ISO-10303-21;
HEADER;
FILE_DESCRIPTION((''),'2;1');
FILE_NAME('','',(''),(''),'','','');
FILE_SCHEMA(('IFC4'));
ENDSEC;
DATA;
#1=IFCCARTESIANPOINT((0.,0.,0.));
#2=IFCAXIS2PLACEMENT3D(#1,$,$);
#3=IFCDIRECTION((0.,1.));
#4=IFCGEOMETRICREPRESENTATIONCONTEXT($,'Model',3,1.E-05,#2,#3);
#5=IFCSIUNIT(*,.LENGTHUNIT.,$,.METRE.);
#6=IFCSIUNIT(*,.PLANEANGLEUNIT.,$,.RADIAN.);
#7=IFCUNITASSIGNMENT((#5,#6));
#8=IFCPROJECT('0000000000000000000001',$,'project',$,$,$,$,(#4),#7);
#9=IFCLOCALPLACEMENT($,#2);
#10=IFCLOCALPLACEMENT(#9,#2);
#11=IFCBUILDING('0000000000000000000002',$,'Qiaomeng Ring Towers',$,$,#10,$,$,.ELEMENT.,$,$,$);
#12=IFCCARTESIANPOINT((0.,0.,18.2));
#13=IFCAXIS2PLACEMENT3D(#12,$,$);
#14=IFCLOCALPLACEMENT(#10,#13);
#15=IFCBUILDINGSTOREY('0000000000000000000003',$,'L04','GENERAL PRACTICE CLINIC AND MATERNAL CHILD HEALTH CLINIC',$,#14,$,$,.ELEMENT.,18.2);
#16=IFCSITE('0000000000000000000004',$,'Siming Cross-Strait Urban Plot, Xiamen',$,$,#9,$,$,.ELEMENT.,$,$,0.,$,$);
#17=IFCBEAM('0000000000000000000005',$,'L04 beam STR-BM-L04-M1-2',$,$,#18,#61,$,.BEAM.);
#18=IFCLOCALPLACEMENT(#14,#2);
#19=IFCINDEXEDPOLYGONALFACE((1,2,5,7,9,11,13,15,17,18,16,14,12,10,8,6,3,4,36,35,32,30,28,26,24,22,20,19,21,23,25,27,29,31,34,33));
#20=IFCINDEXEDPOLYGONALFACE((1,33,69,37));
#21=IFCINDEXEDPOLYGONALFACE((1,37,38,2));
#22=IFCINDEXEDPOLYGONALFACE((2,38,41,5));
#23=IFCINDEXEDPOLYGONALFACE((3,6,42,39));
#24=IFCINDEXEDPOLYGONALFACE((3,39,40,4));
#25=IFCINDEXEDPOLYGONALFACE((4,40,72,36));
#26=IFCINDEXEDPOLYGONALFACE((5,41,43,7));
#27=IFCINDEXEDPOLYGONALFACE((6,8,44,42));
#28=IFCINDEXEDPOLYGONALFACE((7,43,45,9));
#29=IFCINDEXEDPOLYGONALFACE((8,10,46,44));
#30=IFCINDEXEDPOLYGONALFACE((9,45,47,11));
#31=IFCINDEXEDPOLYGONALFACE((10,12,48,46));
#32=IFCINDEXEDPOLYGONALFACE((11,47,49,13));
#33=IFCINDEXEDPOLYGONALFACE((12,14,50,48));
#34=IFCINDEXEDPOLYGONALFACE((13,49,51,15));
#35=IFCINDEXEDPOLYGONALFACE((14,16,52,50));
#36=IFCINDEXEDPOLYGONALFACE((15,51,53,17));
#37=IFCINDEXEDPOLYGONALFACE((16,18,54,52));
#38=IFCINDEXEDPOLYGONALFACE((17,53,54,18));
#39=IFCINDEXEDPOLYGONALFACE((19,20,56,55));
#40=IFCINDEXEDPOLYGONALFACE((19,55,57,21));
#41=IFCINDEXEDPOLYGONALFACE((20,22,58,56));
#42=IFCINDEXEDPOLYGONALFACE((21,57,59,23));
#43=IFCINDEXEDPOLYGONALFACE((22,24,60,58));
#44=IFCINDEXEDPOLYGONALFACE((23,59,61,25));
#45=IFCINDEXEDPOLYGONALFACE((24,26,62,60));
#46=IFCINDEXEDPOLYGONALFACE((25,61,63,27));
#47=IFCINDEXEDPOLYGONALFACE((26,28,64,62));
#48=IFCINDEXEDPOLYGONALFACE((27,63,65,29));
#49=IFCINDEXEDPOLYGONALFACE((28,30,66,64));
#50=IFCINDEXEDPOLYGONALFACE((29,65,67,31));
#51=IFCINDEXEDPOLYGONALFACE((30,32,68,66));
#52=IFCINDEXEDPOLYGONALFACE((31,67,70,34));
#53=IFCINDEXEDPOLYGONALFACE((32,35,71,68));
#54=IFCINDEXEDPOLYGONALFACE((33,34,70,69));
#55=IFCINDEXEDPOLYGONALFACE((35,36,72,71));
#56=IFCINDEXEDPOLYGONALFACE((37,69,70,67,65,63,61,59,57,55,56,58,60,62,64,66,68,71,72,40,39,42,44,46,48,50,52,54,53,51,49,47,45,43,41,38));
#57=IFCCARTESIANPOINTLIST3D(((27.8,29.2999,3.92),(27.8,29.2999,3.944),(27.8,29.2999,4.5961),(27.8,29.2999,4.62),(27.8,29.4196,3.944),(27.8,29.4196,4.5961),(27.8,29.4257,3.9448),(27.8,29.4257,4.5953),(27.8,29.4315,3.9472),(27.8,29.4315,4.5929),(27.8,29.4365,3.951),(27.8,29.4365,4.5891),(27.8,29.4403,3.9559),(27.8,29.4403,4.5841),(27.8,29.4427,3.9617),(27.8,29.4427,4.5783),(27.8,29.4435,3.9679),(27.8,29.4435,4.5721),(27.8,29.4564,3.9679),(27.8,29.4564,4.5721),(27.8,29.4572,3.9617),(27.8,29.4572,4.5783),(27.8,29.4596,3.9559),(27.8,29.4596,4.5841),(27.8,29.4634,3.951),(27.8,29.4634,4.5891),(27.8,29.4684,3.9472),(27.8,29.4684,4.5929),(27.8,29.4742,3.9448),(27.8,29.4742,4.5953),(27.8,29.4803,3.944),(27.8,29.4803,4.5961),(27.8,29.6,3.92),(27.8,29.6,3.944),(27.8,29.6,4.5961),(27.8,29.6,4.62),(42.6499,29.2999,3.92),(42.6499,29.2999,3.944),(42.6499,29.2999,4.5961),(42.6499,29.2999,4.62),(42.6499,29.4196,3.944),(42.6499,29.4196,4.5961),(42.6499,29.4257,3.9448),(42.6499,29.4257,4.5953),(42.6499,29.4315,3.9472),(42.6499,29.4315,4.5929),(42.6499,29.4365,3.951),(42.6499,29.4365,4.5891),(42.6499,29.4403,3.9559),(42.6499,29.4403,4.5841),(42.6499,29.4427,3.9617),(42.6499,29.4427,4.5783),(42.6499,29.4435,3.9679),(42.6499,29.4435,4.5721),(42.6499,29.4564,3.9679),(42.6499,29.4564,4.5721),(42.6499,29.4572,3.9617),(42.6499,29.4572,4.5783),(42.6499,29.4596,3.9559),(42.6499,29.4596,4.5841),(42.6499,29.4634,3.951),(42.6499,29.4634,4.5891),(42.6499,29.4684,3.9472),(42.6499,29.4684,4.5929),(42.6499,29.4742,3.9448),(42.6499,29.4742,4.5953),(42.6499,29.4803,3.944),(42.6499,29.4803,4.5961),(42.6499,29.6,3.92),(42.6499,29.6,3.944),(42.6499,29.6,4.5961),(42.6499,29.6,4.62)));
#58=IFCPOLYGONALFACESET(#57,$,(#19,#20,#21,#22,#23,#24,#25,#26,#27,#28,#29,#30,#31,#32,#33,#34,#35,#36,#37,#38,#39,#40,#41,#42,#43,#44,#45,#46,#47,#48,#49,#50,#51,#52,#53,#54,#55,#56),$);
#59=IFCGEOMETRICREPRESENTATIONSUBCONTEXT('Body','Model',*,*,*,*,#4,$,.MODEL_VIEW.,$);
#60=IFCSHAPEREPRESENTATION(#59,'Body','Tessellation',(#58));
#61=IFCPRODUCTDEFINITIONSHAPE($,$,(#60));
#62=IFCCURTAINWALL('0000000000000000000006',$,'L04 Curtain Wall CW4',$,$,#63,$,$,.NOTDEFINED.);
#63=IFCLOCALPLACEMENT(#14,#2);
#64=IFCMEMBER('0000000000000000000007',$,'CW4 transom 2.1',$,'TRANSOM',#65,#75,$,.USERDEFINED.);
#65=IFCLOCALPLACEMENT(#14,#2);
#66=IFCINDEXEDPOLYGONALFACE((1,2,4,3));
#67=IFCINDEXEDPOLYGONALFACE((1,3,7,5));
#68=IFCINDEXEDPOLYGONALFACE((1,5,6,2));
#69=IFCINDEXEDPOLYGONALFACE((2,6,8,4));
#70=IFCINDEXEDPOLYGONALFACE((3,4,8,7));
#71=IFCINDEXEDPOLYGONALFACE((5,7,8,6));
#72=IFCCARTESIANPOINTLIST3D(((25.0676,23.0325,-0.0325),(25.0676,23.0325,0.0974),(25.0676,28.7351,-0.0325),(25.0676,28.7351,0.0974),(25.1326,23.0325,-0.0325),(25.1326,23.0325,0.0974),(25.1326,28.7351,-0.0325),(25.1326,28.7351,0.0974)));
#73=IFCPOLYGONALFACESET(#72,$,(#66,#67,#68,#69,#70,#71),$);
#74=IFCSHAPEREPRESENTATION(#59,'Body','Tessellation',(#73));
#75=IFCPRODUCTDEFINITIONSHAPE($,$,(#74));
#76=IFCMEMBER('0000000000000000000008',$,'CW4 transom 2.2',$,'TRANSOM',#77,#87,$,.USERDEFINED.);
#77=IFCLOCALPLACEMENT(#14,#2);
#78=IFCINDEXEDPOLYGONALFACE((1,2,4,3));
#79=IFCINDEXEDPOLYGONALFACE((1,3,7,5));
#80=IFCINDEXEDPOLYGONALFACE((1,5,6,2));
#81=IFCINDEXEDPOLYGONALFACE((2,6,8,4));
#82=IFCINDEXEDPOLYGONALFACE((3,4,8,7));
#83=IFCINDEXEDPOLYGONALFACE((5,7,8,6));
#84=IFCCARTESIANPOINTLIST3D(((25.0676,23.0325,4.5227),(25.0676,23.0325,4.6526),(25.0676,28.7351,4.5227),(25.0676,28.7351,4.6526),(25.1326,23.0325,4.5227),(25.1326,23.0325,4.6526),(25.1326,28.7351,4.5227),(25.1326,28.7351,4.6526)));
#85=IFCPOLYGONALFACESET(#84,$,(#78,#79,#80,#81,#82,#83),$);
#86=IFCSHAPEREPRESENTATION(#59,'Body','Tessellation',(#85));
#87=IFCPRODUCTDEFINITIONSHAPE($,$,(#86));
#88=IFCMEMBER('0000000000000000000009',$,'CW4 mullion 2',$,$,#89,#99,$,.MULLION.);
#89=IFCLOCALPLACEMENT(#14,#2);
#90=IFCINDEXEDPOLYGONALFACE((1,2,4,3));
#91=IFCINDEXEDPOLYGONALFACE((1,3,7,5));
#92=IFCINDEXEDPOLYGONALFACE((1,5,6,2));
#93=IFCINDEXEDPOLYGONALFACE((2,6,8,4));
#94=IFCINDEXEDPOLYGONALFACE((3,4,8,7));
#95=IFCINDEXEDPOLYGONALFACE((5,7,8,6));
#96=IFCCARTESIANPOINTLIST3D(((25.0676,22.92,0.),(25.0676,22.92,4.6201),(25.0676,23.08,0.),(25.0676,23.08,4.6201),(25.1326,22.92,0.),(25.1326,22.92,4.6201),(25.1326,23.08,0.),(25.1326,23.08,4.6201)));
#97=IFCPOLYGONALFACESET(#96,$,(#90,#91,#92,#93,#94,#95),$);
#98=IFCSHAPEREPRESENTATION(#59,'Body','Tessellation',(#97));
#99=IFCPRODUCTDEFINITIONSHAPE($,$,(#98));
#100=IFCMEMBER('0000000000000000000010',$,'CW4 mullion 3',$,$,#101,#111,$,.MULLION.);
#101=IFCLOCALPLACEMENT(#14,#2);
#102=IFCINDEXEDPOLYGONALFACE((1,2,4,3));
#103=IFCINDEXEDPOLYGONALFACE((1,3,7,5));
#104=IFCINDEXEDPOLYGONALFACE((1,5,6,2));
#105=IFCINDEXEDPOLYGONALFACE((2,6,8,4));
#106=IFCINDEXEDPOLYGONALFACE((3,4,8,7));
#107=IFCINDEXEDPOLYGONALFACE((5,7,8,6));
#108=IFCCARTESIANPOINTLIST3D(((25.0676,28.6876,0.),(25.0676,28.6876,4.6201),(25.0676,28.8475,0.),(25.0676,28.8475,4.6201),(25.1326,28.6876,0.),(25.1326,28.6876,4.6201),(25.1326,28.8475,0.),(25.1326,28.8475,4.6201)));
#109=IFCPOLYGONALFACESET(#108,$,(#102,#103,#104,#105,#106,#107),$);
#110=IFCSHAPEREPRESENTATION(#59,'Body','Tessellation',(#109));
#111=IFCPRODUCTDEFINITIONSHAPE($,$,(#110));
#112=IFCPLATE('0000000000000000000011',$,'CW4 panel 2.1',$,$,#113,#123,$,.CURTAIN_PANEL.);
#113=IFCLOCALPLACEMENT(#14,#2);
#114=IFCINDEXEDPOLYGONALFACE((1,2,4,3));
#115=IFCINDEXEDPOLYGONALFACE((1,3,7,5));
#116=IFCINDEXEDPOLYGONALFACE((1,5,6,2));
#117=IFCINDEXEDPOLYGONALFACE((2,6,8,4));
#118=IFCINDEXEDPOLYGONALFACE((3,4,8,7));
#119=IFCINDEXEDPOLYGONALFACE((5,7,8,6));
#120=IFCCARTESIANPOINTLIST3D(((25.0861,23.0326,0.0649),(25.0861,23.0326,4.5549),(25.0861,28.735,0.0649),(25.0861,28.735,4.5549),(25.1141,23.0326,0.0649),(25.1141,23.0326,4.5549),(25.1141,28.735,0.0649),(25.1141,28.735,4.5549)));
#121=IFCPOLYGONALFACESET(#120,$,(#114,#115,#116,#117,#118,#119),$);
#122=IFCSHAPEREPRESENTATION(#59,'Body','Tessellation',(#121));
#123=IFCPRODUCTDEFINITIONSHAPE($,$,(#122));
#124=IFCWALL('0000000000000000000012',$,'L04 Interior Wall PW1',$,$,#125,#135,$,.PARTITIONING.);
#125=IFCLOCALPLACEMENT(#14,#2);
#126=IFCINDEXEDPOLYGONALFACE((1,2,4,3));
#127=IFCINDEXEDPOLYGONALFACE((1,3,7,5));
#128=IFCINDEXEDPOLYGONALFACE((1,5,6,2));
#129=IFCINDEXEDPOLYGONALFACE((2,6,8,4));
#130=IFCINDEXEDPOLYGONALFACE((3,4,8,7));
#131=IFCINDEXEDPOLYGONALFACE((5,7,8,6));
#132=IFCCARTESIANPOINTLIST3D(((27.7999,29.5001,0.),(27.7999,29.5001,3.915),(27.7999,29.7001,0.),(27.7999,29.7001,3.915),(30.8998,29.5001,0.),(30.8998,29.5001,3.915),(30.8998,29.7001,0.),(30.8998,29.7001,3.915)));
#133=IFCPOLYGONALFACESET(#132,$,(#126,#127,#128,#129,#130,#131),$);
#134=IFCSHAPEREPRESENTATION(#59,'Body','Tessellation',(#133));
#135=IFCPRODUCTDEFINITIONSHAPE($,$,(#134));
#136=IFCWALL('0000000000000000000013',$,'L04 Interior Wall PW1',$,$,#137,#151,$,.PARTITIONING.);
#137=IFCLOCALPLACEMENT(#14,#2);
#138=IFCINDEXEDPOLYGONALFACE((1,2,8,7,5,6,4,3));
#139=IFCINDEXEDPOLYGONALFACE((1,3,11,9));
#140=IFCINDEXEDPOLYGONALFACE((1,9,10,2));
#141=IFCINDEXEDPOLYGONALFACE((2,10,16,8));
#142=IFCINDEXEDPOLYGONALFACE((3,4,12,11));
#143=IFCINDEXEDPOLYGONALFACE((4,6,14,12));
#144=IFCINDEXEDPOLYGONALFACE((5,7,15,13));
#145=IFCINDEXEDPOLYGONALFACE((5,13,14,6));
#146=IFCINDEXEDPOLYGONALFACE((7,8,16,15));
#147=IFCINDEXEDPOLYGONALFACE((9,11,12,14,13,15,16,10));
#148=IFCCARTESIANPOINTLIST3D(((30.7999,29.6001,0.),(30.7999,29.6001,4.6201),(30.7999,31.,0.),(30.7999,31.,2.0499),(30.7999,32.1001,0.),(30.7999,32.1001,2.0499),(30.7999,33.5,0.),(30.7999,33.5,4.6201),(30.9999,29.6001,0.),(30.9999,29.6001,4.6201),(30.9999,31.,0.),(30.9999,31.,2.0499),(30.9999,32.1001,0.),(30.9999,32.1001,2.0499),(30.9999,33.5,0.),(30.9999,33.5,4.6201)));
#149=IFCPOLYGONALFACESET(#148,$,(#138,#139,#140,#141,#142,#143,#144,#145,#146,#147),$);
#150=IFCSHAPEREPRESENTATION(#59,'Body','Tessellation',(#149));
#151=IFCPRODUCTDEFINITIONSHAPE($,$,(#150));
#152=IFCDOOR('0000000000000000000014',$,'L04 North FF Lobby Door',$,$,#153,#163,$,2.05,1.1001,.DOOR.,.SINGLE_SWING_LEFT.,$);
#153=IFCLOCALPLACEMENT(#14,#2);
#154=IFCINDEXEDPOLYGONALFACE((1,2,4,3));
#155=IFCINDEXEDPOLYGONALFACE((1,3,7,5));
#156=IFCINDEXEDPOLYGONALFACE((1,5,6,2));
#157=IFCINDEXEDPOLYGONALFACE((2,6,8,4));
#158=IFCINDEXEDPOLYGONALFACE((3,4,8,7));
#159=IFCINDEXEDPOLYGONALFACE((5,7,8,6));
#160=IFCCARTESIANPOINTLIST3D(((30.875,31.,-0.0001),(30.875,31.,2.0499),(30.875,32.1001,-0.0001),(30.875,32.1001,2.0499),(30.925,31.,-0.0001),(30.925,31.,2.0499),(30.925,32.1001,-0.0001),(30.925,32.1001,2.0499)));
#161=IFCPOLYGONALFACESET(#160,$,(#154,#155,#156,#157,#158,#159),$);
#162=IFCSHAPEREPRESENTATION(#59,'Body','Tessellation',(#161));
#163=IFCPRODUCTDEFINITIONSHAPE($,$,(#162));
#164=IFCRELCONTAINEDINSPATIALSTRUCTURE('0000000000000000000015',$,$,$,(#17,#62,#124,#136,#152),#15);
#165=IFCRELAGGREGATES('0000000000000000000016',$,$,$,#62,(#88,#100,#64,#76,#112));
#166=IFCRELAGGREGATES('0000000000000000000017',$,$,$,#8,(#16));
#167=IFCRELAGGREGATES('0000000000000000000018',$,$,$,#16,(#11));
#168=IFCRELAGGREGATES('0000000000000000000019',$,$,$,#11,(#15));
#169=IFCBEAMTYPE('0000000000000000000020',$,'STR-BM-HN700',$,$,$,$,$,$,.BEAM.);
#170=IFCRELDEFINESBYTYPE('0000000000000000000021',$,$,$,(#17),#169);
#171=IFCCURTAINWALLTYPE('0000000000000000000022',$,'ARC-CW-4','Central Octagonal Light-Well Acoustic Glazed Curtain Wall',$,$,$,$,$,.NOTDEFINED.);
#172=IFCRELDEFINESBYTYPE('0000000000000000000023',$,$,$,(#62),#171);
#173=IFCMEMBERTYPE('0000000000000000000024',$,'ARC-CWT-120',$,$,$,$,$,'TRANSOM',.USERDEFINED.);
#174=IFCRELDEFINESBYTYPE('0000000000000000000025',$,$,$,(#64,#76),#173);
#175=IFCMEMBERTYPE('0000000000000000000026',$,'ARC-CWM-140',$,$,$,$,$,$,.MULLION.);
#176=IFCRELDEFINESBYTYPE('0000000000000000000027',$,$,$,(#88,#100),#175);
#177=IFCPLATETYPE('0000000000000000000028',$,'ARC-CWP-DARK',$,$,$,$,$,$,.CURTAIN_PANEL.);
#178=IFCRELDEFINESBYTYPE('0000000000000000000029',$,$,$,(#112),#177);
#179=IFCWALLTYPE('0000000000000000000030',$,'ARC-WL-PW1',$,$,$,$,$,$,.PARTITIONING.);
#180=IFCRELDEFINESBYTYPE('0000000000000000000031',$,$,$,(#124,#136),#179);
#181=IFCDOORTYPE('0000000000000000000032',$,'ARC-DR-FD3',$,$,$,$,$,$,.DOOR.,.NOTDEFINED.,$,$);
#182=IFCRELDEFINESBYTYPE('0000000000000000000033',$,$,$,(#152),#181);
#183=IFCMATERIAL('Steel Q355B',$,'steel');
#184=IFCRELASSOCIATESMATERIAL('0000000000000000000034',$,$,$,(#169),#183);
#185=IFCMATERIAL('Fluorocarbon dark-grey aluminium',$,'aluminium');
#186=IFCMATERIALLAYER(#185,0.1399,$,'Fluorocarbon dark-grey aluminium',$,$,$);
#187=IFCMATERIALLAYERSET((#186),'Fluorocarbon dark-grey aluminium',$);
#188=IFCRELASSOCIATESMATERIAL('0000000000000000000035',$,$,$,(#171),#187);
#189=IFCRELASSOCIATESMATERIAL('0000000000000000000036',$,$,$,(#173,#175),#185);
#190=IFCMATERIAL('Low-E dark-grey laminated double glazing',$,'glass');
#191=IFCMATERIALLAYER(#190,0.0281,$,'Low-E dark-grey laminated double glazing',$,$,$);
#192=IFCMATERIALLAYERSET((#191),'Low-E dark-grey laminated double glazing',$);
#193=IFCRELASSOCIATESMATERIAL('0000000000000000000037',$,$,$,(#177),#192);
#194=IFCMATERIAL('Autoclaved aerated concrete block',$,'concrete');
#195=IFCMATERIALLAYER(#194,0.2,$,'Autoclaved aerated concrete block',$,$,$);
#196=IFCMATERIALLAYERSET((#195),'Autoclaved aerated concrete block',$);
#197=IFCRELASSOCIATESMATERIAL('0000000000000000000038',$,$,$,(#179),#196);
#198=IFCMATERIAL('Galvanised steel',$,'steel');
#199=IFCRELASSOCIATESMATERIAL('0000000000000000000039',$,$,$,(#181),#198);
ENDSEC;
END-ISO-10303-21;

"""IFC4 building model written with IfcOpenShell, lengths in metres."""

from ifc_helpers import new_model, si_unit, direction, frame, frame_2d, origin, origin_2d, place, context, subcontext, project, spatial, rectangle, i_section, extrude, source, transform, mapped, material, layer, layer_set, material_profile, profile_set, type_object, element, fill, aggregate, save


model = new_model("IFC4")

# Units and contexts
model_context = context("Model", 3, precision=1e-05, world=origin(), true_north=direction((0.0, 1.0)))
body_context = subcontext(model_context, "Body", "Model", "MODEL_VIEW")
ifc_project = project(units=[si_unit("LENGTHUNIT", "METRE"), si_unit("PLANEANGLEUNIT", "RADIAN")], contexts=[model_context])

# Site, building, storey
site_placement = place(None, origin())
site = spatial("IfcSite", under=ifc_project, at=site_placement, Name="Siming Cross-Strait Urban Plot, Xiamen", CompositionType="ELEMENT", RefElevation=0.0)
building_placement = place(site_placement, origin())
building = spatial("IfcBuilding", under=site, at=building_placement, Name="Qiaomeng Ring Towers", CompositionType="ELEMENT")
storey_placement = place(building_placement, frame((0.0, 0.0, 18.2)))
storey = spatial("IfcBuildingStorey", under=building, at=storey_placement, Name="L04", Description="GENERAL PRACTICE CLINIC AND MATERNAL CHILD HEALTH CLINIC", CompositionType="ELEMENT", Elevation=18.2)

# Beam
ifc_material_1 = material(Name="Steel Q355B", Category="steel")
ifc_material_profile_1 = material_profile(ifc_material_1, i_section(OverallWidth=0.3, OverallDepth=0.7, WebThickness=0.0129, FlangeThickness=0.0239, FilletRadius=0.0239, at=origin_2d()), Name="HN 700x300x13x24")
ifc_profile_set_1 = profile_set([ifc_material_profile_1], Name="Steel Q355B")
beam_type = type_object("IfcBeamType", Name="STR-BM-HN700", PredefinedType="BEAM", material=ifc_profile_set_1)
shared_shape_1 = source(origin(), body_context, "Body", "SweptSolid", [
    extrude(i_section(OverallWidth=0.3, OverallDepth=0.7, WebThickness=0.0129, FlangeThickness=0.0239, FilletRadius=0.0239, at=origin_2d()), origin(), (0.0, 0.0, 1.0), 14.8499),
])
beam_placement = place(storey_placement, frame((27.8, 29.45, 4.27), z_axis=(1.0, 0.0, 0.0), x_axis=(0.0, 1.0, 0.0)))
element("IfcBeam", 1, at=beam_placement, inside=storey, type_object=beam_type, Name="L04 beam STR-BM-L04-M1-2", PredefinedType="BEAM", context=body_context, shape_type="MappedRepresentation", body=[
    mapped(shared_shape_1, transform((0.0, 0.0, 0.0), x_axis=(1.0, 0.0, 0.0), y_axis=(0.0, 1.0, 0.0), z_axis=(0.0, 0.0, 1.0), scale=1.0)),
])

# Curtain wall, members, plate
ifc_material_2 = material(Name="Fluorocarbon dark-grey aluminium", Category="aluminium")
ifc_layer_1 = layer(ifc_material_2, 0.1399, Name="Fluorocarbon dark-grey aluminium")
ifc_layer_set_1 = layer_set([ifc_layer_1], Name="Fluorocarbon dark-grey aluminium")
curtain_wall_type = type_object("IfcCurtainWallType", Name="ARC-CW-4", Description="Central Octagonal Light-Well Acoustic Glazed Curtain Wall", PredefinedType="NOTDEFINED", material=ifc_layer_set_1)
curtain_wall_placement = place(storey_placement, origin())
curtain_wall = element("IfcCurtainWall", 2, at=curtain_wall_placement, inside=storey, type_object=curtain_wall_type, Name="L04 Curtain Wall CW4", PredefinedType="NOTDEFINED")
ifc_material_profile_2 = material_profile(ifc_material_2, rectangle(XDim=0.0649, YDim=0.1299, at=origin_2d()), Name="ALU TRAN 65x130")
ifc_profile_set_2 = profile_set([ifc_material_profile_2], Name="Fluorocarbon dark-grey aluminium")
member_type_1 = type_object("IfcMemberType", Name="ARC-CWT-120", ElementType="TRANSOM", PredefinedType="USERDEFINED", material=ifc_profile_set_2)
shared_shape_2 = source(origin(), body_context, "Body", "SweptSolid", [
    extrude(rectangle(XDim=0.0649, YDim=0.1299, at=origin_2d()), origin(), (0.0, 0.0, 1.0), 5.7026),
])
member_1_placement = place(storey_placement, frame((25.1001, 23.0325, 0.0325), z_axis=(0.0, 1.0, 0.0), x_axis=(-1.0, 0.0, 0.0)))
member_1 = element("IfcMember", 3, at=member_1_placement, type_object=member_type_1, Name="CW4 transom 2.1", ObjectType="TRANSOM", PredefinedType="USERDEFINED", context=body_context, shape_type="MappedRepresentation", body=[
    mapped(shared_shape_2, transform((0.0, 0.0, 0.0), x_axis=(1.0, 0.0, 0.0), y_axis=(0.0, 1.0, 0.0), z_axis=(0.0, 0.0, 1.0), scale=1.0)),
])
member_2_placement = place(storey_placement, frame((25.1001, 23.0325, 4.5876), z_axis=(0.0, 1.0, 0.0), x_axis=(-1.0, 0.0, 0.0)))
member_2 = element("IfcMember", 4, at=member_2_placement, type_object=member_type_1, Name="CW4 transom 2.2", ObjectType="TRANSOM", PredefinedType="USERDEFINED", context=body_context, shape_type="MappedRepresentation", body=[
    mapped(shared_shape_2, transform((0.0, 0.0, 0.0), x_axis=(1.0, 0.0, 0.0), y_axis=(0.0, 1.0, 0.0), z_axis=(0.0, 0.0, 1.0), scale=1.0)),
])
ifc_material_profile_3 = material_profile(ifc_material_2, rectangle(XDim=0.0649, YDim=0.1599, at=origin_2d()), Name="ALU MULL 65x160")
ifc_profile_set_3 = profile_set([ifc_material_profile_3], Name="Fluorocarbon dark-grey aluminium")
member_type_2 = type_object("IfcMemberType", Name="ARC-CWM-140", PredefinedType="MULLION", material=ifc_profile_set_3)
shared_shape_3 = source(origin(), body_context, "Body", "SweptSolid", [
    extrude(rectangle(XDim=0.0649, YDim=0.1599, at=origin_2d()), origin(), (0.0, 0.0, 1.0), 4.6201),
])
member_3_placement = place(storey_placement, frame((25.1001, 23.0, 0.0), z_axis=(0.0, 0.0, 1.0), x_axis=(-1.0, 0.0, 0.0)))
member_3 = element("IfcMember", 5, at=member_3_placement, type_object=member_type_2, Name="CW4 mullion 2", PredefinedType="MULLION", context=body_context, shape_type="MappedRepresentation", body=[
    mapped(shared_shape_3, transform((0.0, 0.0, 0.0), x_axis=(1.0, 0.0, 0.0), y_axis=(0.0, 1.0, 0.0), z_axis=(0.0, 0.0, 1.0), scale=1.0)),
])
member_4_placement = place(storey_placement, frame((25.1001, 28.7676, 0.0), z_axis=(0.0, 0.0, 1.0), x_axis=(-1.0, 0.0, 0.0)))
member_4 = element("IfcMember", 6, at=member_4_placement, type_object=member_type_2, Name="CW4 mullion 3", PredefinedType="MULLION", context=body_context, shape_type="MappedRepresentation", body=[
    mapped(shared_shape_3, transform((0.0, 0.0, 0.0), x_axis=(1.0, 0.0, 0.0), y_axis=(0.0, 1.0, 0.0), z_axis=(0.0, 0.0, 1.0), scale=1.0)),
])
ifc_material_3 = material(Name="Low-E dark-grey laminated double glazing", Category="glass")
ifc_layer_2 = layer(ifc_material_3, 0.0281, Name="Low-E dark-grey laminated double glazing")
ifc_layer_set_2 = layer_set([ifc_layer_2], Name="Low-E dark-grey laminated double glazing")
plate_type = type_object("IfcPlateType", Name="ARC-CWP-DARK", PredefinedType="CURTAIN_PANEL", material=ifc_layer_set_2)
shared_shape_4 = source(origin(), body_context, "Body", "SweptSolid", [
    extrude(rectangle(XDim=5.7024, YDim=0.0281, at=origin_2d()), origin(), (0.0, 0.0, 1.0), 4.49),
])
plate_placement = place(storey_placement, frame((25.1001, 25.8838, 0.0649), z_axis=(0.0, 0.0, 1.0), x_axis=(0.0, 1.0, 0.0)))
plate = element("IfcPlate", 7, at=plate_placement, type_object=plate_type, Name="CW4 panel 2.1", PredefinedType="CURTAIN_PANEL", context=body_context, shape_type="MappedRepresentation", body=[
    mapped(shared_shape_4, transform((0.0, 0.0, 0.0), x_axis=(1.0, 0.0, 0.0), y_axis=(0.0, 1.0, 0.0), z_axis=(0.0, 0.0, 1.0), scale=1.0)),
])
aggregate(curtain_wall, [member_3, member_4, member_1, member_2, plate])

# Wall
ifc_material_4 = material(Name="Autoclaved aerated concrete block", Category="concrete")
ifc_layer_3 = layer(ifc_material_4, 0.2, Name="Autoclaved aerated concrete block")
ifc_layer_set_3 = layer_set([ifc_layer_3], Name="Autoclaved aerated concrete block")
wall_type_1 = type_object("IfcWallType", Name="ARC-WL-PW1", PredefinedType="PARTITIONING", material=ifc_layer_set_3)
wall_1_placement = place(storey_placement, frame((27.8, 29.6001, 0.0), z_axis=(0.0, 0.0, 1.0), x_axis=(1.0, 0.0, 0.0)))
element("IfcWall", 8, at=wall_1_placement, inside=storey, type_object=wall_type_1, Name="L04 Interior Wall PW1", PredefinedType="PARTITIONING", context=body_context, shape_type="SweptSolid", body=[
    extrude(rectangle(XDim=3.0999, YDim=0.2, at=frame_2d((1.5498, 0.0))), origin(), (0.0, 0.0, 1.0), 3.915),
])

# Wall, opening, door
wall_2_placement = place(storey_placement, frame((30.8999, 29.6001, 0.0), z_axis=(0.0, 0.0, 1.0), x_axis=(0.0, 1.0, 0.0)))
wall_2 = element("IfcWall", 9, at=wall_2_placement, inside=storey, type_object=wall_type_1, Name="L04 Interior Wall PW1", PredefinedType="PARTITIONING", context=body_context, shape_type="SweptSolid", body=[
    extrude(rectangle(XDim=3.8999, YDim=0.2, at=frame_2d((1.95, 0.0))), origin(), (0.0, 0.0, 1.0), 4.6201),
])
opening_1_placement = place(wall_2_placement, frame((1.3999, 0.0, 0.0)))
opening_1 = element("IfcOpeningElement", 10, at=opening_1_placement, cuts=wall_2, PredefinedType="OPENING", context=body_context, shape_type="SweptSolid", body=[
    extrude(rectangle(XDim=1.1001, YDim=2.05, at=frame_2d((0.55, 1.0249))), frame((0.0, 0.1099, 0.0), z_axis=(0.0, -1.0, 0.0), x_axis=(1.0, 0.0, 0.0)), (0.0, 0.0, 1.0), 0.22),
])
ifc_material_5 = material(Name="Galvanised steel", Category="steel")
door_type_1 = type_object("IfcDoorType", Name="ARC-DR-FD3", OperationType="NOTDEFINED", PredefinedType="DOOR", material=ifc_material_5)
shared_shape_5 = source(origin(), body_context, "Body", "SweptSolid", [
    extrude(rectangle(XDim=1.1001, YDim=2.05, at=frame_2d((0.55, 1.0249))), frame((0.0, 0.0249, 0.0), z_axis=(0.0, -1.0, 0.0), x_axis=(1.0, 0.0, 0.0)), (0.0, 0.0, 1.0), 0.05),
])
door_1_placement = place(opening_1_placement, origin())
door_1 = element("IfcDoor", 11, at=door_1_placement, inside=storey, type_object=door_type_1, Name="L04 North FF Lobby Door", OperationType="SINGLE_SWING_LEFT", OverallHeight=2.05, OverallWidth=1.1001, PredefinedType="DOOR", context=body_context, shape_type="MappedRepresentation", body=[
    mapped(shared_shape_5, transform((0.0, 0.0, 0.0), x_axis=(1.0, 0.0, 0.0), y_axis=(0.0, 1.0, 0.0), z_axis=(0.0, 0.0, 1.0), scale=1.0)),
])
fill(opening_1, door_1)

save(model, "model.ifc")
